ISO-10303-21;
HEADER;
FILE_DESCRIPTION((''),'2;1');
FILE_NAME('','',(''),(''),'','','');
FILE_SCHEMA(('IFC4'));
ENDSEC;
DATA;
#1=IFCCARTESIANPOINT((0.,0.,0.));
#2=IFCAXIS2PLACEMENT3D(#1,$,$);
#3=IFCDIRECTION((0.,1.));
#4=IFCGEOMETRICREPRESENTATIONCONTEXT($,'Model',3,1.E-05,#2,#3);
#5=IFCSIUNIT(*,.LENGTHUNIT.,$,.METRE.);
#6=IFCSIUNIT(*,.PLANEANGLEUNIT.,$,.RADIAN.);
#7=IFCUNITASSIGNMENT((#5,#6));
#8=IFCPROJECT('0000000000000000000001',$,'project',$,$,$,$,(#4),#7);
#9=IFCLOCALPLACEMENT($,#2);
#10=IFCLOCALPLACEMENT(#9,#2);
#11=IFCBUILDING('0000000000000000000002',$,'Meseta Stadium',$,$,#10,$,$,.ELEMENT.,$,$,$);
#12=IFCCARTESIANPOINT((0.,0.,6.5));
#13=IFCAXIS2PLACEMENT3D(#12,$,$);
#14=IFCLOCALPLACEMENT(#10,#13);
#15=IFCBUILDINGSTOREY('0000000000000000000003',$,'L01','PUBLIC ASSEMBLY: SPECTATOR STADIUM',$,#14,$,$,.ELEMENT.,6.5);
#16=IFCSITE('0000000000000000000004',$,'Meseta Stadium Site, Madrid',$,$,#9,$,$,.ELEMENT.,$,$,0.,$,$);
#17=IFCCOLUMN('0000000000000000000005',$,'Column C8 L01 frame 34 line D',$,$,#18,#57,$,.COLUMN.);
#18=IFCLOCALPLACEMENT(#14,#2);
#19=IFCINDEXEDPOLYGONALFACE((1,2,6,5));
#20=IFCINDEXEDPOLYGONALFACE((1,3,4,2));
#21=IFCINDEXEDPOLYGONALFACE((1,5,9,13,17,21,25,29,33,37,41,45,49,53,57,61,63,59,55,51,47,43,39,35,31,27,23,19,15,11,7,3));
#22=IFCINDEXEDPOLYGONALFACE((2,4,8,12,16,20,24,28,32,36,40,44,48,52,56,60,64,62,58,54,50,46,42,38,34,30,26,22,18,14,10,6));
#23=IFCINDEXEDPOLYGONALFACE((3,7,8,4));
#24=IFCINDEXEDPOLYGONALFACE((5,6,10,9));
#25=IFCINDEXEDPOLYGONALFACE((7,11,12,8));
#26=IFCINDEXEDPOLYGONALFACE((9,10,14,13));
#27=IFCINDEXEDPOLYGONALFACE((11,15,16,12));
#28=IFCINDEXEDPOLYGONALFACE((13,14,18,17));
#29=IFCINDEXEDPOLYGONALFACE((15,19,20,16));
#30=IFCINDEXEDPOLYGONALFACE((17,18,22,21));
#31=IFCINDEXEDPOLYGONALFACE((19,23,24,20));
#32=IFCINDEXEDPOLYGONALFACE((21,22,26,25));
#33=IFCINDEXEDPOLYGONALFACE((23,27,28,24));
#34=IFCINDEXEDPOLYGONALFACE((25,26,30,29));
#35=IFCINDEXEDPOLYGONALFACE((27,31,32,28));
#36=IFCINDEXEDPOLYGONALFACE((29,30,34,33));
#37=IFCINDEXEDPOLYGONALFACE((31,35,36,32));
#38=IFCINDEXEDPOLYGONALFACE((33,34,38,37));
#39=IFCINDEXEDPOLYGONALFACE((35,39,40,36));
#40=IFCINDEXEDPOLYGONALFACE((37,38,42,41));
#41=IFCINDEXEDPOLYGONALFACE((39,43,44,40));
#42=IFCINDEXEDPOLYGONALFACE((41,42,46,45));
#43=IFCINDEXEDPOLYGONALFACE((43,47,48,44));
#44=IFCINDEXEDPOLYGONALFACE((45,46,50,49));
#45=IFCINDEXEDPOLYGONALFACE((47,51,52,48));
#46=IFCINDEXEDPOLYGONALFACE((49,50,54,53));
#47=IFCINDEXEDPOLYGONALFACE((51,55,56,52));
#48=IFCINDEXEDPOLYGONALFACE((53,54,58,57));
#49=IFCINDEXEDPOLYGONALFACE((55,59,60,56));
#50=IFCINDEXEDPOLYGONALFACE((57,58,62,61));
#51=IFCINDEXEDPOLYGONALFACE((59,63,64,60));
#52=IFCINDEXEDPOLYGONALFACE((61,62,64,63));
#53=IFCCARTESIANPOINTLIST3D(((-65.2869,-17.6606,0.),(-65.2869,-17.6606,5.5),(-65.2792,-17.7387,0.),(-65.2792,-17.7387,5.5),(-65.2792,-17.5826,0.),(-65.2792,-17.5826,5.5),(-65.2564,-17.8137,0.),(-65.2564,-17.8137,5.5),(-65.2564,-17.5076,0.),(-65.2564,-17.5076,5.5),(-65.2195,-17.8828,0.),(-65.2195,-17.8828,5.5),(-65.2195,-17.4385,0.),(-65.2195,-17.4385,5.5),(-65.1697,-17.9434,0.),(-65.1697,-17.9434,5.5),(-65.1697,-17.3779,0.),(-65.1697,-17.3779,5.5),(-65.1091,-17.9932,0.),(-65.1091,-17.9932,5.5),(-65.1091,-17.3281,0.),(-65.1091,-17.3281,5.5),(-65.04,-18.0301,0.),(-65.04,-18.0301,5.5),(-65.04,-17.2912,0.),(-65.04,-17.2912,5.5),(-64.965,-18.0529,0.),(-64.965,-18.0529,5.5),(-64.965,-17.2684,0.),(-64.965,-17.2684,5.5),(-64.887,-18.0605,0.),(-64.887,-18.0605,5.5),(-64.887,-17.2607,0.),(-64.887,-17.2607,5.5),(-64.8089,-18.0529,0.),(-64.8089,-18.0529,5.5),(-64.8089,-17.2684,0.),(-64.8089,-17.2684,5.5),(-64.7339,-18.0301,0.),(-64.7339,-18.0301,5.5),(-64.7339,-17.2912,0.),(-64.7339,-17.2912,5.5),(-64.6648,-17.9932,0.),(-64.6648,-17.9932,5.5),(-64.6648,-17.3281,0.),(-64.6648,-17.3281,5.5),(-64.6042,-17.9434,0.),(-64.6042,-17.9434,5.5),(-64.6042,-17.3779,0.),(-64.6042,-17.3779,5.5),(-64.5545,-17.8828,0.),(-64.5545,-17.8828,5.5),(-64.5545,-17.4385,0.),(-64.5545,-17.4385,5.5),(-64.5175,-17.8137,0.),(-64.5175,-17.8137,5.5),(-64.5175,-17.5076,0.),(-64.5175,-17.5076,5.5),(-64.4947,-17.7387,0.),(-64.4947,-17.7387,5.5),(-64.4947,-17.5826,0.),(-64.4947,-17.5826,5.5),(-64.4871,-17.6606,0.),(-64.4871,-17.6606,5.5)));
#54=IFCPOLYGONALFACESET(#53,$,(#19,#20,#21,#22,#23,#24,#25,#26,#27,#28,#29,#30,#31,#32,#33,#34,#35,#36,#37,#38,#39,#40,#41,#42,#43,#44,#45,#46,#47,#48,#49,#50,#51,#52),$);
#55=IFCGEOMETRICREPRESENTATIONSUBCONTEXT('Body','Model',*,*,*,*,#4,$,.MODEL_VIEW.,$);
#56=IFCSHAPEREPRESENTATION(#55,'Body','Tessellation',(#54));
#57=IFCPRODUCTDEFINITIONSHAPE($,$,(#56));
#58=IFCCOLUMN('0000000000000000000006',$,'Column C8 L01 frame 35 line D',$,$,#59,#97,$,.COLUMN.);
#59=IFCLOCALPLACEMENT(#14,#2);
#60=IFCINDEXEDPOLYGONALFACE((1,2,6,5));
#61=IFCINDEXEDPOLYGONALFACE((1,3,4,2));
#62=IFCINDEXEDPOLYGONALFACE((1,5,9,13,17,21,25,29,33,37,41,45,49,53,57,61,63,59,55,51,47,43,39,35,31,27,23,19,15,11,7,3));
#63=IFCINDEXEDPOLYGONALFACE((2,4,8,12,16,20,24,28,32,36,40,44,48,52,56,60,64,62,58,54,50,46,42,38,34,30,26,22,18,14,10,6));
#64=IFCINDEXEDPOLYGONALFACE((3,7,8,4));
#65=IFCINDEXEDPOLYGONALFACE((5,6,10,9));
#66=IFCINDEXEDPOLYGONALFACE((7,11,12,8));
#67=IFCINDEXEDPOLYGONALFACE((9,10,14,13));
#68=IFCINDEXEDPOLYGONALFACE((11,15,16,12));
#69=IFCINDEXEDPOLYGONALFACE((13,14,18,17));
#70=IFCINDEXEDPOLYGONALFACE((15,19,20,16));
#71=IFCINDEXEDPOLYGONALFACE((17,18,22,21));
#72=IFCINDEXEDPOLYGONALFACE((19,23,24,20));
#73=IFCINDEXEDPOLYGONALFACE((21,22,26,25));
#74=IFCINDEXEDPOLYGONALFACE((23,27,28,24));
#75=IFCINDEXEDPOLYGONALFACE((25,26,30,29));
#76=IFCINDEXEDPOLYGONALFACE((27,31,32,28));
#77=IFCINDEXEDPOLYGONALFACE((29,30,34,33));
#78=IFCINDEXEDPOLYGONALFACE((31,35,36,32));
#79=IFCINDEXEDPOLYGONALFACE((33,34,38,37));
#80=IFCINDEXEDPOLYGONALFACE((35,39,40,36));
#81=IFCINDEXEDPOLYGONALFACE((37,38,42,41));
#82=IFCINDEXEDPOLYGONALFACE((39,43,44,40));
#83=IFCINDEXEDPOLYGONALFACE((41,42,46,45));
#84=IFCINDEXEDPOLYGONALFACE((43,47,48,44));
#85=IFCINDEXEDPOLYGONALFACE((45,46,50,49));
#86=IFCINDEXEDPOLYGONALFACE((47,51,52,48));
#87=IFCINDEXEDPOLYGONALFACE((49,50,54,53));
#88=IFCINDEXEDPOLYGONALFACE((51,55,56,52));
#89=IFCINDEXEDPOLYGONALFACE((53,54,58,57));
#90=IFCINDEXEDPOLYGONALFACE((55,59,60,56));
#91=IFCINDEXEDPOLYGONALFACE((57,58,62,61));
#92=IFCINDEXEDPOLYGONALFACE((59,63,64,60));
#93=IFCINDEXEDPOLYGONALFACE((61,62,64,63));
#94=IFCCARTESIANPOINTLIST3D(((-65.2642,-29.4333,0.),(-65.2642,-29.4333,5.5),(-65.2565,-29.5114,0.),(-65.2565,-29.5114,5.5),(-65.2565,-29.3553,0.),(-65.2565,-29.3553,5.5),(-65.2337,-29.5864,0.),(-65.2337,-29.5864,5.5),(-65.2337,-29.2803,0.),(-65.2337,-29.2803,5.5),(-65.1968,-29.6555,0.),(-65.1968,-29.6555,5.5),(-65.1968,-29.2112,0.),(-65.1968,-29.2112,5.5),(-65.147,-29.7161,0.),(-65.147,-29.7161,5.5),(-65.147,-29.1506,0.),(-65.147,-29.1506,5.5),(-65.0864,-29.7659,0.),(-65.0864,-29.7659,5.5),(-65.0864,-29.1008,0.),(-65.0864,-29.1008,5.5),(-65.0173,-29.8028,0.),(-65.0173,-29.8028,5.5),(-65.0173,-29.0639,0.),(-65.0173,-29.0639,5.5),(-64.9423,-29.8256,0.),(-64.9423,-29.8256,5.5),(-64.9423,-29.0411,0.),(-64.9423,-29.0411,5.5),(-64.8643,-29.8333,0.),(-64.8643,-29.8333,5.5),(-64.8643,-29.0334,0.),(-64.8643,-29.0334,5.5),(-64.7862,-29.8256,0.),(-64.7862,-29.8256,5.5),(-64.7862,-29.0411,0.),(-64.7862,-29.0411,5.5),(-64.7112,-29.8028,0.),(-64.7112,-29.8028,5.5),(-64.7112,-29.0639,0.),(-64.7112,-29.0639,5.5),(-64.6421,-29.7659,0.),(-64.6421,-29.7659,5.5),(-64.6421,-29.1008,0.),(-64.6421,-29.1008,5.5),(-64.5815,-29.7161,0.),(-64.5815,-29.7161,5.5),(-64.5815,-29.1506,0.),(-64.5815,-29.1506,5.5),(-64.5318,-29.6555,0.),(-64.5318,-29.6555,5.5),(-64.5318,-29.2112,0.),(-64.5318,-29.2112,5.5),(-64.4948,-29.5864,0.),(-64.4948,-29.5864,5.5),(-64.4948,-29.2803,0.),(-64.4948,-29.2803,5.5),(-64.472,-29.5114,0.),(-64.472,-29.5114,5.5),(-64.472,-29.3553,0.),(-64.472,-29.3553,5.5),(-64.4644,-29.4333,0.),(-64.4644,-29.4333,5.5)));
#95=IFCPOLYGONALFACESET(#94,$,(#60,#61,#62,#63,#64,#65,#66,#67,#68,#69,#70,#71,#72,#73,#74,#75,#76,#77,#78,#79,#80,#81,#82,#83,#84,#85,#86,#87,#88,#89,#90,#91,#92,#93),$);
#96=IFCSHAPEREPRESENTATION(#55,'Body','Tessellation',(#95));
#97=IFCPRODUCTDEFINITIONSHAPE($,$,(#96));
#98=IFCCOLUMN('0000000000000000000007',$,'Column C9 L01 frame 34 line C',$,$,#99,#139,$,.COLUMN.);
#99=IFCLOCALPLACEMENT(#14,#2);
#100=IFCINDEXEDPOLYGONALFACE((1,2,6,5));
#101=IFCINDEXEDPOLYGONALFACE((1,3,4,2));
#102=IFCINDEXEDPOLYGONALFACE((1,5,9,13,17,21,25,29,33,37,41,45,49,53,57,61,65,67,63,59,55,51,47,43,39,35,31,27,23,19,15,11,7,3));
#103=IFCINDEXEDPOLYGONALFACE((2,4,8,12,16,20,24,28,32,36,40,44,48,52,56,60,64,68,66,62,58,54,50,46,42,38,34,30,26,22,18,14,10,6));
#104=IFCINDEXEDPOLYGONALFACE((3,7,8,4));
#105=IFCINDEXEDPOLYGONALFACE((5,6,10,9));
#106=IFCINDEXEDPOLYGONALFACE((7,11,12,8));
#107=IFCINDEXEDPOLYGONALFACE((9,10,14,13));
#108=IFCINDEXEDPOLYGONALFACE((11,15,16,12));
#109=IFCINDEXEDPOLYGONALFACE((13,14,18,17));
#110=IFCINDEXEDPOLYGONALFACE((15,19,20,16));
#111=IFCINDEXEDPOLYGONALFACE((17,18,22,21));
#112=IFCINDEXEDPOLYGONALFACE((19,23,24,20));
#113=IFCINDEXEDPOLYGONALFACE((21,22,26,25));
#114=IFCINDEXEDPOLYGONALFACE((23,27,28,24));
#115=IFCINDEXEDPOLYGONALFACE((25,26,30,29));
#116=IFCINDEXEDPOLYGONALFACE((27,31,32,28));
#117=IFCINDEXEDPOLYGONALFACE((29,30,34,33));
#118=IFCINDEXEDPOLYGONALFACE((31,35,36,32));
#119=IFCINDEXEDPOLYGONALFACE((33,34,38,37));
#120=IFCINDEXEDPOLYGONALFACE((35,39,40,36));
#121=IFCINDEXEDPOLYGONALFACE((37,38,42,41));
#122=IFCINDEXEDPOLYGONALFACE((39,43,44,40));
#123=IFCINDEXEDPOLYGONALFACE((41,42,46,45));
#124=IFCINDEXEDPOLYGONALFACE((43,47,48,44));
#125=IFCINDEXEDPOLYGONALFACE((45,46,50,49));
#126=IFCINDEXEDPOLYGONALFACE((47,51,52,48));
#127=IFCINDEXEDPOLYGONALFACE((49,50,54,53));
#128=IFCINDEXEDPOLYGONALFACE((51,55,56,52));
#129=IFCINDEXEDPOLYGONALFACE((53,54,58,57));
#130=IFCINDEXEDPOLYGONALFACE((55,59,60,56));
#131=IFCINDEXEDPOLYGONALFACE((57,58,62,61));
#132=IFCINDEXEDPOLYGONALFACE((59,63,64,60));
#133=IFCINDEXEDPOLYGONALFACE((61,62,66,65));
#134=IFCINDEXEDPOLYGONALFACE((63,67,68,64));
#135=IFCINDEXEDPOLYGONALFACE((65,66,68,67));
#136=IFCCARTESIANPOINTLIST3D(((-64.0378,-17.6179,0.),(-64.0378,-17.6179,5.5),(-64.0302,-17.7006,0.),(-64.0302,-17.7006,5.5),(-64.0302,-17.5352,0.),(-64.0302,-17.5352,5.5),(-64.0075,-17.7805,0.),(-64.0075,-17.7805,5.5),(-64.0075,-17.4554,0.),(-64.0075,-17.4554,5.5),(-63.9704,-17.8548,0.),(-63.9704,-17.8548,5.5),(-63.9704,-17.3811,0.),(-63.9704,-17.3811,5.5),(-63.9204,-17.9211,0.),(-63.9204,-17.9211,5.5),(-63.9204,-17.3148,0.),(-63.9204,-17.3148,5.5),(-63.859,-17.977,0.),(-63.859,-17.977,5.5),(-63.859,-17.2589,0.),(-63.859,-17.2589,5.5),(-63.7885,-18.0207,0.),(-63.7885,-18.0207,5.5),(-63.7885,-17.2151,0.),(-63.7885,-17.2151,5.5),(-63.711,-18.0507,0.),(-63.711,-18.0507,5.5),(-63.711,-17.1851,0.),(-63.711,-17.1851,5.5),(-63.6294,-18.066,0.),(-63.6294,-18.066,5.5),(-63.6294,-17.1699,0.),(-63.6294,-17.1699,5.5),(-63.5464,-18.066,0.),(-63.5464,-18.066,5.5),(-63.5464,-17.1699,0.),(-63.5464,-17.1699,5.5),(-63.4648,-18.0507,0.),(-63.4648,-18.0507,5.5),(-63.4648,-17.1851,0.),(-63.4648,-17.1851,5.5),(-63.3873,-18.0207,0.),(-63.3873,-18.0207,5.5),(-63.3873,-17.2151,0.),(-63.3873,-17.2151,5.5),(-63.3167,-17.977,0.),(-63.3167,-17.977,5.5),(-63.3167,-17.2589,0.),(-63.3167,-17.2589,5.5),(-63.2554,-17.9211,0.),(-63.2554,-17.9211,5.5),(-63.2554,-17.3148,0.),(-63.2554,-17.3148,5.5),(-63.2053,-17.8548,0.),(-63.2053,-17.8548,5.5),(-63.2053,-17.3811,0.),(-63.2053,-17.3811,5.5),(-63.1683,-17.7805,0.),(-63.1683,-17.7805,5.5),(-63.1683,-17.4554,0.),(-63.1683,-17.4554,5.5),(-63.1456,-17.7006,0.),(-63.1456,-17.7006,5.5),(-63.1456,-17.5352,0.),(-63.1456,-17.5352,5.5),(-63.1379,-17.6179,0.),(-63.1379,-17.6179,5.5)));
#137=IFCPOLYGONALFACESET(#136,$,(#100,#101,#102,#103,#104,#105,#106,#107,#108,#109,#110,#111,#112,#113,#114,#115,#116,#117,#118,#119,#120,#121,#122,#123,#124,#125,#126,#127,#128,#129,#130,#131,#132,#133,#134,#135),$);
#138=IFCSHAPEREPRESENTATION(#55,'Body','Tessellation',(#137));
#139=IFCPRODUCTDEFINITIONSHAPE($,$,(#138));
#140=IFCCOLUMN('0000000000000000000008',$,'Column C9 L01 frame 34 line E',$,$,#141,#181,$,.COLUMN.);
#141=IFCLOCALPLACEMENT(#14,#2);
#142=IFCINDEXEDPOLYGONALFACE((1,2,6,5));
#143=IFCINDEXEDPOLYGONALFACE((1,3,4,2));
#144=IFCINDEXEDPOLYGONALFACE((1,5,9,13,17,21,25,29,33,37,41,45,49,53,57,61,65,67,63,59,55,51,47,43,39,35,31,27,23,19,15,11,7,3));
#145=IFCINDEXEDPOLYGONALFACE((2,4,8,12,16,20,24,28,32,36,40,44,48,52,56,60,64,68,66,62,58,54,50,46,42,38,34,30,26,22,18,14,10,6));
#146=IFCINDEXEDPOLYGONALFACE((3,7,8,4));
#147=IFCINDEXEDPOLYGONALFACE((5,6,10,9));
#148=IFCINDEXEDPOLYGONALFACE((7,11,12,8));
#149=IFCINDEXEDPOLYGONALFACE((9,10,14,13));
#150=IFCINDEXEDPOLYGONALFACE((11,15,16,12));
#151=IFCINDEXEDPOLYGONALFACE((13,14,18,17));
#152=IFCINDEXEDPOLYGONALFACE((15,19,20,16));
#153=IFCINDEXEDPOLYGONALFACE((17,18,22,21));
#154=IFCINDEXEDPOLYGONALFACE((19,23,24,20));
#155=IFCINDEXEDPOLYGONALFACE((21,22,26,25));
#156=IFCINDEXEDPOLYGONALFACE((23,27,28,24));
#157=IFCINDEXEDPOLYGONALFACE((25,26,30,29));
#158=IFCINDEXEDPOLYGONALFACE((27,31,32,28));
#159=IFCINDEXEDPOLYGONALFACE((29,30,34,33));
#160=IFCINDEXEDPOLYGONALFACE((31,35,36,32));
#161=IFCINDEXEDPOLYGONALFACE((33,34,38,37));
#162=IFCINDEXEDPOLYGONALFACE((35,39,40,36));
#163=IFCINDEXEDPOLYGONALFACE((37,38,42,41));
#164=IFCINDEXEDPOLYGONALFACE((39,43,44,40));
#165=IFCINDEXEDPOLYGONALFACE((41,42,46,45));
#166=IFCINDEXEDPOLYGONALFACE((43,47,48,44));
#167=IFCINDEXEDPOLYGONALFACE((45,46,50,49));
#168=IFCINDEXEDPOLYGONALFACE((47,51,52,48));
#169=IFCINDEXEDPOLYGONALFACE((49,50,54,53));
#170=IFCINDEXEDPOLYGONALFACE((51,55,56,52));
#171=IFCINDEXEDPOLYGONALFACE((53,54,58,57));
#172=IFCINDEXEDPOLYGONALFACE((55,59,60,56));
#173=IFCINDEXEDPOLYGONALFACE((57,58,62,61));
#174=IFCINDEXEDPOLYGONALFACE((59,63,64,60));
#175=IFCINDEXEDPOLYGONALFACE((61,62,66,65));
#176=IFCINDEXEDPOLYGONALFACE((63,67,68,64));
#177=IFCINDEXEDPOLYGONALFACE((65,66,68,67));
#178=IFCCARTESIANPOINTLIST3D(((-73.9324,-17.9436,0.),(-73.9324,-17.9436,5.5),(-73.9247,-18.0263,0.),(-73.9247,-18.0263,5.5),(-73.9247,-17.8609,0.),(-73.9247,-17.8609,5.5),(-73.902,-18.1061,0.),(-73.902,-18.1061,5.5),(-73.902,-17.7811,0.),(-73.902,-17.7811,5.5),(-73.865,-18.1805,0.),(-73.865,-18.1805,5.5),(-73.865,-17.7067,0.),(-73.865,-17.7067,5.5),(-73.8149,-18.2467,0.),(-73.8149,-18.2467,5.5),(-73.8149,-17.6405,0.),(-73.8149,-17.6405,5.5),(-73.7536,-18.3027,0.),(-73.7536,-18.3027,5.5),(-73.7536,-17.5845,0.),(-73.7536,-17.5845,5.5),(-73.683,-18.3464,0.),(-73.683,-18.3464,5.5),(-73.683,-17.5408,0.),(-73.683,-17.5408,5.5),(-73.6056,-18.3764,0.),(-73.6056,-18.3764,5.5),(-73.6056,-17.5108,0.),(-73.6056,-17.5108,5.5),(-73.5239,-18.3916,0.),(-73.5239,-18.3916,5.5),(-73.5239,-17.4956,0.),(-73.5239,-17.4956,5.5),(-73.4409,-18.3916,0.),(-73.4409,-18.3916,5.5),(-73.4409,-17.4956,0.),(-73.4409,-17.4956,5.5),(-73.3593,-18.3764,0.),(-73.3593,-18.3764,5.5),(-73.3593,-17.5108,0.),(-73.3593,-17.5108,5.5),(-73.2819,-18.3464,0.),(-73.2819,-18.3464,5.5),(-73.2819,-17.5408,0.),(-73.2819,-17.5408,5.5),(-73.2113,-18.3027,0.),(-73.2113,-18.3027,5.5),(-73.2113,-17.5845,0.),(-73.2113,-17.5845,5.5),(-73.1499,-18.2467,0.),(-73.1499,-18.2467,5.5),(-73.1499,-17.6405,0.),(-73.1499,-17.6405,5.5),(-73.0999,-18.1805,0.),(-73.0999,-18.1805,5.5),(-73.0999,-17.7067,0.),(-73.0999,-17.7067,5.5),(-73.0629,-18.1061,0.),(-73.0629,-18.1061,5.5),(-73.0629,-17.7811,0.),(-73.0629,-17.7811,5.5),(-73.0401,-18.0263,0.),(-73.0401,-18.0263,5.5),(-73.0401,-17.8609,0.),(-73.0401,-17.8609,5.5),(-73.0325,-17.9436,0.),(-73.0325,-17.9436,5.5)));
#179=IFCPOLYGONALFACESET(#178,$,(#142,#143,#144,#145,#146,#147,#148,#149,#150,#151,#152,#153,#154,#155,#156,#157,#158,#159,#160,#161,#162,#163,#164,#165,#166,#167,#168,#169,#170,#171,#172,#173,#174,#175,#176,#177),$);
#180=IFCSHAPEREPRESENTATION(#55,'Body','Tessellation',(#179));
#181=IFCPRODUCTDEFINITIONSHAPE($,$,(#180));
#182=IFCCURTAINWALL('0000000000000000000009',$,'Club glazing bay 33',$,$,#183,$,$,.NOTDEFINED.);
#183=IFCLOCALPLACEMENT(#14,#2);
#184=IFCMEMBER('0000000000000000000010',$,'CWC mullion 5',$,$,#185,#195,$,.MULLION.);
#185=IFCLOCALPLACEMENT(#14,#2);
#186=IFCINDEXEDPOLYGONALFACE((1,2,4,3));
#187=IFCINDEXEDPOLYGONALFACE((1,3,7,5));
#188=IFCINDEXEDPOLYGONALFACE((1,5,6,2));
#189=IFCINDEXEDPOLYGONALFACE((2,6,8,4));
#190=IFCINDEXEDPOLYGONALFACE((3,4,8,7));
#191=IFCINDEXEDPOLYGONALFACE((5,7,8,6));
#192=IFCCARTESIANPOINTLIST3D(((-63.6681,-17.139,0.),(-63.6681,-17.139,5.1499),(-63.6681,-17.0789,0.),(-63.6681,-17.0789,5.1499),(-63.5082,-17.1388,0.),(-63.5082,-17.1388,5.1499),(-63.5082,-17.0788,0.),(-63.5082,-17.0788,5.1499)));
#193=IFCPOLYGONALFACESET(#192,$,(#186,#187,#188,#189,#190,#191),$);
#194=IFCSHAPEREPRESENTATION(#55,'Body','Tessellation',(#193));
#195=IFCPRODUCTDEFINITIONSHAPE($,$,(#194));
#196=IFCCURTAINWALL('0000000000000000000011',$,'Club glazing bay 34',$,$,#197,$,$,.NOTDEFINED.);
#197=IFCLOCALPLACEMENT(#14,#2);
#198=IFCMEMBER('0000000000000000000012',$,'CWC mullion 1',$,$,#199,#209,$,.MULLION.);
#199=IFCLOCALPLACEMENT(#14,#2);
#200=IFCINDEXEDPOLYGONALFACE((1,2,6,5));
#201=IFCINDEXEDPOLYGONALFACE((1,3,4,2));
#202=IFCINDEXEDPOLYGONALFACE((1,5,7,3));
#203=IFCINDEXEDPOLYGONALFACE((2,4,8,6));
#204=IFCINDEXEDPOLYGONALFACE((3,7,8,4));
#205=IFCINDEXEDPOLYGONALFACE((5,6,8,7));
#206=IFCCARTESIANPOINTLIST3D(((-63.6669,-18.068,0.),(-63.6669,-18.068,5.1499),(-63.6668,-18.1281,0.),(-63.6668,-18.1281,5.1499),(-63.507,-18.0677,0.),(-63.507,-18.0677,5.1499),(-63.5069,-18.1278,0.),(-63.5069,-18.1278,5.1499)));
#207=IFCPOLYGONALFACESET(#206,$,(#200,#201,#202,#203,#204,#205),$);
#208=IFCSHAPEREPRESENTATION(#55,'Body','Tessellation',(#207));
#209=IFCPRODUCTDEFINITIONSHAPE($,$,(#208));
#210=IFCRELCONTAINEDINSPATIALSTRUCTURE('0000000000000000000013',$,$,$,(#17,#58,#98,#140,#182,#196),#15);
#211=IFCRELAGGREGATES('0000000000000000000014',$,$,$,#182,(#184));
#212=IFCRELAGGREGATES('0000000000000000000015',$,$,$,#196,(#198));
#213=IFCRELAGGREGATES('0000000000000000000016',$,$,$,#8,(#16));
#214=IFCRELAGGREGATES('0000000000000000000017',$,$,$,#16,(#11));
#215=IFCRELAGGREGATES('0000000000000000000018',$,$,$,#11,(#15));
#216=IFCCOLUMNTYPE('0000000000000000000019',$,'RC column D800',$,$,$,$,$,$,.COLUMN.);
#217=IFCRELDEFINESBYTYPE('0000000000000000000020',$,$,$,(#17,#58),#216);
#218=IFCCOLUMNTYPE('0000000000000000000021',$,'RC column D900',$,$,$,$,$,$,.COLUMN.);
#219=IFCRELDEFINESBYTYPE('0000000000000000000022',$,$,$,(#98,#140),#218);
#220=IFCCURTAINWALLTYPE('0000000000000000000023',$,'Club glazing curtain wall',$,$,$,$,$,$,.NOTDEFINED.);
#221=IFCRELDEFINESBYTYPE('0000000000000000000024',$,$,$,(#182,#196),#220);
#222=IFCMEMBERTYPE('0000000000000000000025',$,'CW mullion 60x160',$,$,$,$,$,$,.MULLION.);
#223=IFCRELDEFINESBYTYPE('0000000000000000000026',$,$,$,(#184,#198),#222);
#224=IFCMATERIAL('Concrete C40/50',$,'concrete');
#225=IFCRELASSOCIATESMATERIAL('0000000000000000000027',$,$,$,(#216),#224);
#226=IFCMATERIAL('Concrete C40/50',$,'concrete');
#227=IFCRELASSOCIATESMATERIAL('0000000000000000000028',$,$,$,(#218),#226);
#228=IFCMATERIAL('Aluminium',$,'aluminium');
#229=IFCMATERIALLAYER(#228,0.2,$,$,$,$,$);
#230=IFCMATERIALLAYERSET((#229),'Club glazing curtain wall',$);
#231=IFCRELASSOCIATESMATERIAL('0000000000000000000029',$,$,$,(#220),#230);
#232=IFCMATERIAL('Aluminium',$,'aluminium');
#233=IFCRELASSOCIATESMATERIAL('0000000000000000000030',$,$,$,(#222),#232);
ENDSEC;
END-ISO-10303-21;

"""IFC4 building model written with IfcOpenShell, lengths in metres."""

from ifc_helpers import new_model, si_unit, direction, frame, origin, origin_2d, place, context, subcontext, project, spatial, rectangle, circle, extrude, material, layer, layer_set, material_profile, profile_set, type_object, element, aggregate, save


model = new_model("IFC4")

# Units and contexts
model_context = context("Model", 3, precision=1e-05, world=origin(), true_north=direction((0.0, 1.0)))
body_context = subcontext(model_context, "Body", "Model", "MODEL_VIEW")
ifc_project = project(units=[si_unit("LENGTHUNIT", "METRE"), si_unit("PLANEANGLEUNIT", "RADIAN")], contexts=[model_context])

# Site, building, storey
site_placement = place(None, origin())
site = spatial("IfcSite", under=ifc_project, at=site_placement, Name="Meseta Stadium Site, Madrid", CompositionType="ELEMENT", RefElevation=0.0)
building_placement = place(site_placement, origin())
building = spatial("IfcBuilding", under=site, at=building_placement, Name="Meseta Stadium", CompositionType="ELEMENT")
storey_placement = place(building_placement, frame((0.0, 0.0, 6.5)))
storey = spatial("IfcBuildingStorey", under=building, at=storey_placement, Name="L01", Description="PUBLIC ASSEMBLY: SPECTATOR STADIUM", CompositionType="ELEMENT", Elevation=6.5)

# Columns
ifc_material_1 = material(Name="Concrete C40/50", Category="concrete")
ifc_material_profile_1 = material_profile(ifc_material_1, circle(Radius=0.3999, at=origin_2d()), Name="RC D800")
ifc_profile_set_1 = profile_set([ifc_material_profile_1], Name="Concrete C40/50")
column_type_1 = type_object("IfcColumnType", Name="RC column D800", PredefinedType="COLUMN", material=ifc_profile_set_1)
for number, where, z_axis, x_axis, name in (
    (1, (-64.887, -17.6606, 0.0), (0.0, 0.0, 1.0), (1.0, 0.0, 0.0), "Column C8 L01 frame 34 line D"),
    (2, (-64.8643, -29.4333, 0.0), (0.0, 0.0, 1.0), (1.0, 0.0, 0.0), "Column C8 L01 frame 35 line D"),
):
    element("IfcColumn", number, at=place(storey_placement, frame(where, z_axis=z_axis, x_axis=x_axis)), inside=storey, type_object=column_type_1, Name=name, PredefinedType="COLUMN", context=body_context, shape_type="SweptSolid", body=[
        extrude(circle(Radius=0.3999, at=origin_2d()), origin(), (0.0, 0.0, 1.0), 5.5),
    ])
ifc_material_2 = material(Name="Concrete C40/50", Category="concrete")
ifc_material_profile_2 = material_profile(ifc_material_2, circle(Radius=0.45, at=origin_2d()), Name="RC D900")
ifc_profile_set_2 = profile_set([ifc_material_profile_2], Name="Concrete C40/50")
column_type_2 = type_object("IfcColumnType", Name="RC column D900", PredefinedType="COLUMN", material=ifc_profile_set_2)
for number, where, z_axis, x_axis, name in (
    (3, (-63.5879, -17.6179, 0.0), (0.0, 0.0, 1.0), (1.0, 0.0, 0.0), "Column C9 L01 frame 34 line C"),
    (4, (-73.4824, -17.9436, 0.0), (0.0, 0.0, 1.0), (1.0, 0.0, 0.0), "Column C9 L01 frame 34 line E"),
):
    element("IfcColumn", number, at=place(storey_placement, frame(where, z_axis=z_axis, x_axis=x_axis)), inside=storey, type_object=column_type_2, Name=name, PredefinedType="COLUMN", context=body_context, shape_type="SweptSolid", body=[
        extrude(circle(Radius=0.45, at=origin_2d()), origin(), (0.0, 0.0, 1.0), 5.5),
    ])

# Curtain wall, member
ifc_material_3 = material(Name="Aluminium", Category="aluminium")
ifc_layer_1 = layer(ifc_material_3, 0.2)
ifc_layer_set_1 = layer_set([ifc_layer_1], Name="Club glazing curtain wall")
curtain_wall_type = type_object("IfcCurtainWallType", Name="Club glazing curtain wall", PredefinedType="NOTDEFINED", material=ifc_layer_set_1)
curtain_wall_1_placement = place(storey_placement, origin())
curtain_wall_1 = element("IfcCurtainWall", 5, at=curtain_wall_1_placement, inside=storey, type_object=curtain_wall_type, Name="Club glazing bay 33", PredefinedType="NOTDEFINED")
ifc_material_4 = material(Name="Aluminium", Category="aluminium")
ifc_material_profile_3 = material_profile(ifc_material_4, rectangle(XDim=0.1599, YDim=0.0601, at=origin_2d()), Name="CW 160x60")
ifc_profile_set_3 = profile_set([ifc_material_profile_3], Name="Aluminium")
member_type_1 = type_object("IfcMemberType", Name="CW mullion 60x160", PredefinedType="MULLION", material=ifc_profile_set_3)
member_1_placement = place(storey_placement, frame((-63.5881, -17.1089, 0.0), z_axis=(0.0, 0.0, 1.0), x_axis=(1.0, 0.000925, 0.0)))
member_1 = element("IfcMember", 6, at=member_1_placement, type_object=member_type_1, Name="CWC mullion 5", PredefinedType="MULLION", context=body_context, shape_type="SweptSolid", body=[
    extrude(rectangle(XDim=0.1599, YDim=0.0601, at=origin_2d()), origin(), (0.0, 0.0, 1.0), 5.1499),
])

# Curtain wall, member
curtain_wall_2_placement = place(storey_placement, origin())
curtain_wall_2 = element("IfcCurtainWall", 7, at=curtain_wall_2_placement, inside=storey, type_object=curtain_wall_type, Name="Club glazing bay 34", PredefinedType="NOTDEFINED")
member_2_placement = place(storey_placement, frame((-63.5869, -18.0979, 0.0), z_axis=(0.0, 0.0, 1.0), x_axis=(0.999998, 0.001845, 0.0)))
member_2 = element("IfcMember", 8, at=member_2_placement, type_object=member_type_1, Name="CWC mullion 1", PredefinedType="MULLION", context=body_context, shape_type="SweptSolid", body=[
    extrude(rectangle(XDim=0.1599, YDim=0.0601, at=origin_2d()), origin(), (0.0, 0.0, 1.0), 5.1499),
])

aggregate(curtain_wall_1, [member_1])
aggregate(curtain_wall_2, [member_2])

save(model, "model.ifc")
